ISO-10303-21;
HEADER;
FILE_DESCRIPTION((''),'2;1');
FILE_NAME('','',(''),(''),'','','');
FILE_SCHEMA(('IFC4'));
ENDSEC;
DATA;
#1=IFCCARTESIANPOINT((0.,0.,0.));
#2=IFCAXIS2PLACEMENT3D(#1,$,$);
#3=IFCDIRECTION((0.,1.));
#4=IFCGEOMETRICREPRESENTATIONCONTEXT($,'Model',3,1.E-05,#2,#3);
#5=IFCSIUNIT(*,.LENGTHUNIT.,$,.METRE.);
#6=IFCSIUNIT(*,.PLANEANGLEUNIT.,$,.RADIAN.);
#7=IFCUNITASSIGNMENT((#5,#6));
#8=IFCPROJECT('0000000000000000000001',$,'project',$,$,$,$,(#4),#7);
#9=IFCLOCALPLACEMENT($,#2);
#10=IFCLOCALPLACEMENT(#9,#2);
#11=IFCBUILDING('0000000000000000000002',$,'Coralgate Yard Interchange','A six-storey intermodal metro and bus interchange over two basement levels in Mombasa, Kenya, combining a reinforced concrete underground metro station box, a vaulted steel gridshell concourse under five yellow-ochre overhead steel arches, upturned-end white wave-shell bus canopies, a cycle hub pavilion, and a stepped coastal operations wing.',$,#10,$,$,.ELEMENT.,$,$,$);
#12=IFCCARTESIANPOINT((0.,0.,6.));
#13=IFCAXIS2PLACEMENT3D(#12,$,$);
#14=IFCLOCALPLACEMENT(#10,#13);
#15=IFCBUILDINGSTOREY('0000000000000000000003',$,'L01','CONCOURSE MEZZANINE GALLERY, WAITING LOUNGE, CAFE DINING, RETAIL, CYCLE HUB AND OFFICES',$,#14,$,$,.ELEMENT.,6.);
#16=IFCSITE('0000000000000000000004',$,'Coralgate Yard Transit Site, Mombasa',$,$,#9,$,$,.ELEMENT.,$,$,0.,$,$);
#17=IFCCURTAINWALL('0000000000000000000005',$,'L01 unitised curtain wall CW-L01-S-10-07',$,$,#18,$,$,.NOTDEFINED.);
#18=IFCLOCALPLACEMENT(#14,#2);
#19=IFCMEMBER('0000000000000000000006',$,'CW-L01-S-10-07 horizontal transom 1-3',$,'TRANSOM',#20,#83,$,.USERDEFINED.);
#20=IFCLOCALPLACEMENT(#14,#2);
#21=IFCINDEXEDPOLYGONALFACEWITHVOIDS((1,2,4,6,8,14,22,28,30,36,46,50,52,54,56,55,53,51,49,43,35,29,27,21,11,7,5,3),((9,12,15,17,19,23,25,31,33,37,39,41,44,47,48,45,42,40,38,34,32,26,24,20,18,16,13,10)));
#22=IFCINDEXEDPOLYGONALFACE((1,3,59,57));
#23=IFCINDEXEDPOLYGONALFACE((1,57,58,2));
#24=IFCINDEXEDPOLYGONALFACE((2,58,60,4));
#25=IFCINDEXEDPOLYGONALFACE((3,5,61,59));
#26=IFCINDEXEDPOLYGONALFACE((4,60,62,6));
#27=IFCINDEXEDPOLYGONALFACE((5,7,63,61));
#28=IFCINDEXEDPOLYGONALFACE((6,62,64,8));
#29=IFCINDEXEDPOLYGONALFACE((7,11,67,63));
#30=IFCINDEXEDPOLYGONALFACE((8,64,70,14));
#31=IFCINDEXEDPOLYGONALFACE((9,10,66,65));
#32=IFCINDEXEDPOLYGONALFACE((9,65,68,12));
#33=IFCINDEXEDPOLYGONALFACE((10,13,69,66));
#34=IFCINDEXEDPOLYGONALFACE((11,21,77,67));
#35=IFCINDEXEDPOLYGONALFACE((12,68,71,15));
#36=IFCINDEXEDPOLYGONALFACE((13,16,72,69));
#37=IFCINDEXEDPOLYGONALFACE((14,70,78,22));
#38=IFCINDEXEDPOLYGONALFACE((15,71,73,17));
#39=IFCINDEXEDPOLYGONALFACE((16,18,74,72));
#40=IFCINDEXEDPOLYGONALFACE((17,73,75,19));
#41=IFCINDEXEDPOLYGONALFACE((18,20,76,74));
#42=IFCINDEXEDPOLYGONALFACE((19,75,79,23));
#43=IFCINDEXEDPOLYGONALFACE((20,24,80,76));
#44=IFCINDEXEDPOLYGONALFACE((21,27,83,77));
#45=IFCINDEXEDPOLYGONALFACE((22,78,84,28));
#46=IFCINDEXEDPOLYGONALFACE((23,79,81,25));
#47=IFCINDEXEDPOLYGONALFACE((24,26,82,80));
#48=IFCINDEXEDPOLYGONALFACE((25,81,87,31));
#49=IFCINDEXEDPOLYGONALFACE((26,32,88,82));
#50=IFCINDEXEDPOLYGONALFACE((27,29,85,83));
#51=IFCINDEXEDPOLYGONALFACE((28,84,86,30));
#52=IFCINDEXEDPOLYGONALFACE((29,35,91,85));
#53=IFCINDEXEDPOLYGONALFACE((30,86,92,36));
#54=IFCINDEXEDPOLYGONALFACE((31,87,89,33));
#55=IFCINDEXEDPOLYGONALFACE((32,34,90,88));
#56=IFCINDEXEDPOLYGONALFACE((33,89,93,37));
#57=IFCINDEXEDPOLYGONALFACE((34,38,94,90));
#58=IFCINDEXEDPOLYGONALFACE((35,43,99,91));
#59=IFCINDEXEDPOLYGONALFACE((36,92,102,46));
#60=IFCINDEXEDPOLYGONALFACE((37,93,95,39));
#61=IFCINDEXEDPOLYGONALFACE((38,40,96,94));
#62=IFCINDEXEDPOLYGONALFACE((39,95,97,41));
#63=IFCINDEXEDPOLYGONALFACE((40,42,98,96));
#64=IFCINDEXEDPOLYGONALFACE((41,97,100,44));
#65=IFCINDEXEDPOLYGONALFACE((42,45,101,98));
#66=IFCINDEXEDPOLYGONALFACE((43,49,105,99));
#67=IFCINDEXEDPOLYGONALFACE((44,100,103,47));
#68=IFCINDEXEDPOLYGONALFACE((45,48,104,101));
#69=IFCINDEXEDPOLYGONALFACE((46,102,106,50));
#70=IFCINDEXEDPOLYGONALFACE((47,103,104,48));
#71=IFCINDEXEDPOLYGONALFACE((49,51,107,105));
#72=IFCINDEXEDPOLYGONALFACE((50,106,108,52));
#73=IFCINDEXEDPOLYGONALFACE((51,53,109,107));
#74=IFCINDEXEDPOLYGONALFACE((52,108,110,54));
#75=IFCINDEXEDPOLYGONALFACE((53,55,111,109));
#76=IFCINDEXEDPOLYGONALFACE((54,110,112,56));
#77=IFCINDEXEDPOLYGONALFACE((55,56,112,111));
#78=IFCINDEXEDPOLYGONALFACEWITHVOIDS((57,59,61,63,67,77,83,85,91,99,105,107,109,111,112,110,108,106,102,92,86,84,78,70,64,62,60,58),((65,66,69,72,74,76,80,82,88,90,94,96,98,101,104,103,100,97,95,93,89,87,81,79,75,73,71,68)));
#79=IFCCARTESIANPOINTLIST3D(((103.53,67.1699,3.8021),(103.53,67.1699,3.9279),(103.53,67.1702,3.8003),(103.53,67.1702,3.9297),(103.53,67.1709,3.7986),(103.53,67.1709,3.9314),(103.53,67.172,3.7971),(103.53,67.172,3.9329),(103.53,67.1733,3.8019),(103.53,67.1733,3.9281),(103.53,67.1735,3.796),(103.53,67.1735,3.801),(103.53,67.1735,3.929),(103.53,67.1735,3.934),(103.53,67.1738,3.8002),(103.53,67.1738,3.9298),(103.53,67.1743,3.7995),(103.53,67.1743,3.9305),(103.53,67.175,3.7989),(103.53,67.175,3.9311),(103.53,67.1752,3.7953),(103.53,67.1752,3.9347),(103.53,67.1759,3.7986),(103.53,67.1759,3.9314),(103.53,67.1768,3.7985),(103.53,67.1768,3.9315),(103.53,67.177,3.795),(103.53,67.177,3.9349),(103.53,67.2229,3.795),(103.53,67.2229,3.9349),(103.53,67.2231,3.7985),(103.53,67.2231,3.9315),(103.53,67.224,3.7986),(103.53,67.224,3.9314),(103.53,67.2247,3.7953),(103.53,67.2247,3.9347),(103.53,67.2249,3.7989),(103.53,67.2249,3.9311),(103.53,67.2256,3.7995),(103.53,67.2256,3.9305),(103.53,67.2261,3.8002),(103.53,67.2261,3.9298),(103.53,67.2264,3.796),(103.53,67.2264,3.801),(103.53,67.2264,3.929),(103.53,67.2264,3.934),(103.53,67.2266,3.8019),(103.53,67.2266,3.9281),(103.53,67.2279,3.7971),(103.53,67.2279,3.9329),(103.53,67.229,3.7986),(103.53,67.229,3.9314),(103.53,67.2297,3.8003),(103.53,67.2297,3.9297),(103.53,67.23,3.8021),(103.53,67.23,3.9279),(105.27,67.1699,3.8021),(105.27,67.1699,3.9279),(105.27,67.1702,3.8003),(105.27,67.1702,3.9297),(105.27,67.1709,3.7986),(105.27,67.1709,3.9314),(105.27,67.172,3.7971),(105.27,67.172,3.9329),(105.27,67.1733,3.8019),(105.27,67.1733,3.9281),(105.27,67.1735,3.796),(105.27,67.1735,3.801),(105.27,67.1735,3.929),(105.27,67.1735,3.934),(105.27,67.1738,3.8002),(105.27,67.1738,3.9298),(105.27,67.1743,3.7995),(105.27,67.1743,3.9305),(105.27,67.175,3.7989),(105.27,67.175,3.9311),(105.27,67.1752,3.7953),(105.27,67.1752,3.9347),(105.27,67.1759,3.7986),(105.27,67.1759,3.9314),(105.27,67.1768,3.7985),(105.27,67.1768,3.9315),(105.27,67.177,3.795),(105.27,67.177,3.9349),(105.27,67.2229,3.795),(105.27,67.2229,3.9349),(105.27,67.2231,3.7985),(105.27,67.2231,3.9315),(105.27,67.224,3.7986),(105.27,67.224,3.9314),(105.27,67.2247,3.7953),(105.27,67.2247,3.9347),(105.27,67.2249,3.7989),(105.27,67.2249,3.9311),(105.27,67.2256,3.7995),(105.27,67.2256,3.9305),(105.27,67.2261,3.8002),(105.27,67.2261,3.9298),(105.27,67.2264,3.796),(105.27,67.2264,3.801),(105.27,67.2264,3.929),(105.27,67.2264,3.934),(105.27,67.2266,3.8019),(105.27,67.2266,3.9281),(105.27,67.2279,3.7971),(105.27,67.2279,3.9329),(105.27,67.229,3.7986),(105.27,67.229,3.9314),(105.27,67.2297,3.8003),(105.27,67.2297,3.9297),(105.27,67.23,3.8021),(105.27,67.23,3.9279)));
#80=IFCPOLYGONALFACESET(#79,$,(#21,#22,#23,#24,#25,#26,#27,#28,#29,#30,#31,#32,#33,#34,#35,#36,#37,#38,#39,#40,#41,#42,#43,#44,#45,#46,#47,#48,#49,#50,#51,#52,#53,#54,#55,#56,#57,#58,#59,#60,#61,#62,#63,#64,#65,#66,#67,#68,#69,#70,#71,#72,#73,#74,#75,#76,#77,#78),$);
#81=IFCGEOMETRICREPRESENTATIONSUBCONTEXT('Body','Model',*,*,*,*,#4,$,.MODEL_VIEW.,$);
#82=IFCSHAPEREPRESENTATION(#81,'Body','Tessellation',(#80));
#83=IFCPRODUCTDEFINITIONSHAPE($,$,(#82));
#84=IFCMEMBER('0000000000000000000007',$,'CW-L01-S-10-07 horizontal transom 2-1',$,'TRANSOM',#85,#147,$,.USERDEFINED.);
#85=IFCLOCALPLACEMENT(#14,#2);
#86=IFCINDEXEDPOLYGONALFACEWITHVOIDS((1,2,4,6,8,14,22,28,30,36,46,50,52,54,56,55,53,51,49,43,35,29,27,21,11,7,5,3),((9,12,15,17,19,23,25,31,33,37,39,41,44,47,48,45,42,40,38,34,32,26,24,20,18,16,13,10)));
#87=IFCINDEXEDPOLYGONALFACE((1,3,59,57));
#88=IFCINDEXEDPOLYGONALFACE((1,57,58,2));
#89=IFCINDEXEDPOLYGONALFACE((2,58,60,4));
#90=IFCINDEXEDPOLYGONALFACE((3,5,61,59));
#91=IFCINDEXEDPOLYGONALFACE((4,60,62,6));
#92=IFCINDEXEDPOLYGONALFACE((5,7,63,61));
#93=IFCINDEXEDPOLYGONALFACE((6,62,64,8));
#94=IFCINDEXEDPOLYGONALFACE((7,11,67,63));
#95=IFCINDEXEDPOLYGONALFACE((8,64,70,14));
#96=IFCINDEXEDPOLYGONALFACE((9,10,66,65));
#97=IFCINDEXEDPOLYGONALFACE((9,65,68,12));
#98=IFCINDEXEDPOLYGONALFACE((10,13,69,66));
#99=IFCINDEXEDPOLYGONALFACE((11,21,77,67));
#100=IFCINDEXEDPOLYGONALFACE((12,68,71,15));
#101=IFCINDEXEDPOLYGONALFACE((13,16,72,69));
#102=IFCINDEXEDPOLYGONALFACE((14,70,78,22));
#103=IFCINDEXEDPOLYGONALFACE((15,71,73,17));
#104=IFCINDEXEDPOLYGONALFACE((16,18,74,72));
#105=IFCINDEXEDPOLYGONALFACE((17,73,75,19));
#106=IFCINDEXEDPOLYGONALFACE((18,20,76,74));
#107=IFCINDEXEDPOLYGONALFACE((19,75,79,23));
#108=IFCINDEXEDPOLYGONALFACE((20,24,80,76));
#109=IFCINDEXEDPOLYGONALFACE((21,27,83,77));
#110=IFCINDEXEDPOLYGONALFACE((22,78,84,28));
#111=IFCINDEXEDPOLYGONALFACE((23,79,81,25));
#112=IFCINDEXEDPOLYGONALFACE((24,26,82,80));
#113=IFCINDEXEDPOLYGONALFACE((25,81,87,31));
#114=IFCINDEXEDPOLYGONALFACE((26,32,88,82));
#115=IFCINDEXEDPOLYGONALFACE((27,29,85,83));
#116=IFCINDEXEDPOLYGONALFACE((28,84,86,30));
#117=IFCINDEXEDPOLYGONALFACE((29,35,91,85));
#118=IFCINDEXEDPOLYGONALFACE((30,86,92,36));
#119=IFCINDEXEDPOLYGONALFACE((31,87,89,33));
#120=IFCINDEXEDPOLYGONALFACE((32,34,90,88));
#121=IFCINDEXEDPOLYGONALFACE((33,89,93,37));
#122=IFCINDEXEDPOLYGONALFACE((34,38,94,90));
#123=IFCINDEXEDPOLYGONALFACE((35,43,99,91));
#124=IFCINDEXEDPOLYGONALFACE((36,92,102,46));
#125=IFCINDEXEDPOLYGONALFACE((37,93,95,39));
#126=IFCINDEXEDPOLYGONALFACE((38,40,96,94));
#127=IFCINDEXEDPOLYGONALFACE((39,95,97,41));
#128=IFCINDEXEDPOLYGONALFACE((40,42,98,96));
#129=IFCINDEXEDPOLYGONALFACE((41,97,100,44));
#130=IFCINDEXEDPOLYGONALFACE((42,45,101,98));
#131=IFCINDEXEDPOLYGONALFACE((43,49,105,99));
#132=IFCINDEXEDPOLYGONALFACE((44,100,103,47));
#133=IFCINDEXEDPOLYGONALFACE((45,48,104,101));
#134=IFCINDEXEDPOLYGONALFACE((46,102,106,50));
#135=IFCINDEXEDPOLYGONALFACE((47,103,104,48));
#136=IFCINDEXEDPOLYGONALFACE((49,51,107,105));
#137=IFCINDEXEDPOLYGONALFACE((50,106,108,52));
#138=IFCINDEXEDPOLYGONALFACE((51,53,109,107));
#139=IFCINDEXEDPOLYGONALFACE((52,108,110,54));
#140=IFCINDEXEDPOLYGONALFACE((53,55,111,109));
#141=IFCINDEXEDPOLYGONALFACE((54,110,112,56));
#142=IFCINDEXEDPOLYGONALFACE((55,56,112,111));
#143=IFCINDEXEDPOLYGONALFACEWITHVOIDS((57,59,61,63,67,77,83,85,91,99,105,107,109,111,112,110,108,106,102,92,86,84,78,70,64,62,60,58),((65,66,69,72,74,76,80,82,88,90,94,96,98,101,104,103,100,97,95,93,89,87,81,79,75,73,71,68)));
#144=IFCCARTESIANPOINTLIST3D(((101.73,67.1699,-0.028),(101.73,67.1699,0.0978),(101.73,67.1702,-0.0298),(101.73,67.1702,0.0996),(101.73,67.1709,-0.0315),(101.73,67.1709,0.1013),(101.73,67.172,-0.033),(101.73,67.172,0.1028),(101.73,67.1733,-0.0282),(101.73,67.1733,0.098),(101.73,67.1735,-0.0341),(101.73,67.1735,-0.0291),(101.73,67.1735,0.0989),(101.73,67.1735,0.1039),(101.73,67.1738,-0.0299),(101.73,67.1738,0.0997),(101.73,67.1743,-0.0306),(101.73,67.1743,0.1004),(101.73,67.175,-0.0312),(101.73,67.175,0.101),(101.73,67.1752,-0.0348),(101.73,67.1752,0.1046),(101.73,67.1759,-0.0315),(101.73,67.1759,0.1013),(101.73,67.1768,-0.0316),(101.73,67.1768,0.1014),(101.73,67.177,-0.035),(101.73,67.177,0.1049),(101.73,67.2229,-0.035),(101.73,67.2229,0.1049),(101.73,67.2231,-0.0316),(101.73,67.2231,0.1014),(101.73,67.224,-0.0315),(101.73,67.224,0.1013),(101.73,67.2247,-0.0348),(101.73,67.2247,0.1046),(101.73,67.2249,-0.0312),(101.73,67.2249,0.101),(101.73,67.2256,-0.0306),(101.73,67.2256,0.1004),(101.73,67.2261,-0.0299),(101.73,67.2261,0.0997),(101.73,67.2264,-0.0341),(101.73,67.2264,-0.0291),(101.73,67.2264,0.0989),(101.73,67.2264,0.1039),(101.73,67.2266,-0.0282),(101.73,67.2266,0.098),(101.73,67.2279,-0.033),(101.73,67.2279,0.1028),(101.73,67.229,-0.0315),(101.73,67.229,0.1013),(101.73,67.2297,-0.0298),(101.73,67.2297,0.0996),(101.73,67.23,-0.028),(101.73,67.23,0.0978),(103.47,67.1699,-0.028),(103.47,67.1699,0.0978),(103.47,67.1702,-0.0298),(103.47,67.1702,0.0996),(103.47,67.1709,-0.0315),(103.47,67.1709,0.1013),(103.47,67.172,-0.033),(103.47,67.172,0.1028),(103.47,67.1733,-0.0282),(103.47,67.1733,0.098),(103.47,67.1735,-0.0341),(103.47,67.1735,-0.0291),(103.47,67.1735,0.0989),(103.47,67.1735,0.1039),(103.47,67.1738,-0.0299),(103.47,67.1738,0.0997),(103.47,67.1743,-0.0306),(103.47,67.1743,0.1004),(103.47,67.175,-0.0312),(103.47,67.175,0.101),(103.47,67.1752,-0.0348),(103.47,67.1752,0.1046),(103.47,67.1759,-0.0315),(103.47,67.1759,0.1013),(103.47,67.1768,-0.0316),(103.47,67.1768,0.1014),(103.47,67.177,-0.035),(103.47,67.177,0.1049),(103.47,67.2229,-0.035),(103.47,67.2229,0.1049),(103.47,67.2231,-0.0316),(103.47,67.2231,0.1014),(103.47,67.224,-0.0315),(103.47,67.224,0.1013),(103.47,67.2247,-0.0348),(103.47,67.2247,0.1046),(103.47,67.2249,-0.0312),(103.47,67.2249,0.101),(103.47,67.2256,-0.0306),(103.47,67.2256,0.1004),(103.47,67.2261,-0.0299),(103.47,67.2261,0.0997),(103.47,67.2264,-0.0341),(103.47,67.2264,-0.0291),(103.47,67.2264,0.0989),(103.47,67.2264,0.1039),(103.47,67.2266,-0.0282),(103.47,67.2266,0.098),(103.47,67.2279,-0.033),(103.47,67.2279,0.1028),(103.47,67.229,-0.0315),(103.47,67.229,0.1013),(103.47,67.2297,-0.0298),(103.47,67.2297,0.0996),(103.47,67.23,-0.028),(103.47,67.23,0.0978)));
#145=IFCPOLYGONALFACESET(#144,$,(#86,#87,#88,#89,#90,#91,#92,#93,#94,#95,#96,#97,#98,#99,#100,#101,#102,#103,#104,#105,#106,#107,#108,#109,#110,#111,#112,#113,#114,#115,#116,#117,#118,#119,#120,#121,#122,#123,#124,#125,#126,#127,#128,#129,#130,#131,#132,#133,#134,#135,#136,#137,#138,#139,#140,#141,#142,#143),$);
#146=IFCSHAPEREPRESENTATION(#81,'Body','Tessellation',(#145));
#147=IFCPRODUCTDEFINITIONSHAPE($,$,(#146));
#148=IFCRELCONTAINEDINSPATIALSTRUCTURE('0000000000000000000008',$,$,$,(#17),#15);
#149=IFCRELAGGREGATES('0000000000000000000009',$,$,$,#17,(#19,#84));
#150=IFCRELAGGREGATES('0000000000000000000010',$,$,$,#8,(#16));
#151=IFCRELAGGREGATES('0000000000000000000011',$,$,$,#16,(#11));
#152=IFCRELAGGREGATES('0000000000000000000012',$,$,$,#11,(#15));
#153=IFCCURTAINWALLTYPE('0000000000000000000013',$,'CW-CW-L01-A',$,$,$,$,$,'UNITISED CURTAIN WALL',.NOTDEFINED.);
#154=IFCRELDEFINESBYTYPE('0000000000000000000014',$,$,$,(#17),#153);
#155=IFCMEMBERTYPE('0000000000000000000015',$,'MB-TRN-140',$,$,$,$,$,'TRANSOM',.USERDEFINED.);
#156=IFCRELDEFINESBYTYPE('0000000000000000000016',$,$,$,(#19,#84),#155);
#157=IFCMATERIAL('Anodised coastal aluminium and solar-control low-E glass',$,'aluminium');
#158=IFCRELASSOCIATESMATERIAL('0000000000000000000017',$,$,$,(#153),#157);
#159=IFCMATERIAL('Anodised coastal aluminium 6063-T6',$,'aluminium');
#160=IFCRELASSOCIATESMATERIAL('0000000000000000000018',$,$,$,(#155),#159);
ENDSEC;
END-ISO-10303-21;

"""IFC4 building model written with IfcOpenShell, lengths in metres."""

from ifc_helpers import new_model, si_unit, direction, frame, origin, origin_2d, place, context, subcontext, project, spatial, hollow_rectangle, extrude, material, material_profile, profile_set, type_object, element, aggregate, save


model = new_model("IFC4")

# Units and contexts
model_context = context("Model", 3, precision=1e-05, world=origin(), true_north=direction((0.0, 1.0)))
body_context = subcontext(model_context, "Body", "Model", "MODEL_VIEW")
ifc_project = project(units=[si_unit("LENGTHUNIT", "METRE"), si_unit("PLANEANGLEUNIT", "RADIAN")], contexts=[model_context])

# Site, building, storey
site_placement = place(None, origin())
site = spatial("IfcSite", under=ifc_project, at=site_placement, Name="Coralgate Yard Transit Site, Mombasa", CompositionType="ELEMENT", RefElevation=0.0)
building_placement = place(site_placement, origin())
building = spatial("IfcBuilding", under=site, at=building_placement, Name="Coralgate Yard Interchange", Description="A six-storey intermodal metro and bus interchange over two basement levels in Mombasa, Kenya, combining a reinforced concrete underground metro station box, a vaulted steel gridshell concourse under five yellow-ochre overhead steel arches, upturned-end white wave-shell bus canopies, a cycle hub pavilion, and a stepped coastal operations wing.", CompositionType="ELEMENT")
storey_placement = place(building_placement, frame((0.0, 0.0, 6.0)))
storey = spatial("IfcBuildingStorey", under=building, at=storey_placement, Name="L01", Description="CONCOURSE MEZZANINE GALLERY, WAITING LOUNGE, CAFE DINING, RETAIL, CYCLE HUB AND OFFICES", CompositionType="ELEMENT", Elevation=6.0)

# Curtain wall, members
ifc_material_1 = material(Name="Anodised coastal aluminium and solar-control low-E glass", Category="aluminium")
curtain_wall_type = type_object("IfcCurtainWallType", Name="CW-CW-L01-A", ElementType="UNITISED CURTAIN WALL", PredefinedType="NOTDEFINED", material=ifc_material_1)
curtain_wall_placement = place(storey_placement, origin())
curtain_wall = element("IfcCurtainWall", 1, at=curtain_wall_placement, inside=storey, type_object=curtain_wall_type, Name="L01 unitised curtain wall CW-L01-S-10-07", PredefinedType="NOTDEFINED")
ifc_material_2 = material(Name="Anodised coastal aluminium 6063-T6", Category="aluminium")
ifc_material_profile_1 = material_profile(ifc_material_2, hollow_rectangle(XDim=0.0601, YDim=0.1399, WallThickness=0.0034, InnerFilletRadius=0.0034, OuterFilletRadius=0.0071, at=origin_2d()), Name="ALU 60x140x3.5")
ifc_profile_set_1 = profile_set([ifc_material_profile_1], Name="Anodised coastal aluminium 6063-T6")
member_type_1 = type_object("IfcMemberType", Name="MB-TRN-140", ElementType="TRANSOM", PredefinedType="USERDEFINED", material=ifc_profile_set_1)
member_1_placement = place(storey_placement, frame((105.27, 67.2, 3.865), z_axis=(-1.0, 0.0, 0.0), x_axis=(0.0, -1.0, 0.0)))
member_1 = element("IfcMember", 2, at=member_1_placement, type_object=member_type_1, Name="CW-L01-S-10-07 horizontal transom 1-3", ObjectType="TRANSOM", PredefinedType="USERDEFINED", context=body_context, shape_type="SweptSolid", body=[
    extrude(hollow_rectangle(XDim=0.0601, YDim=0.1399, WallThickness=0.0034, InnerFilletRadius=0.0034, OuterFilletRadius=0.0071, at=origin_2d()), origin(), (0.0, 0.0, 1.0), 1.74),
])
member_2_placement = place(storey_placement, frame((103.47, 67.2, 0.0349), z_axis=(-1.0, 0.0, 0.0), x_axis=(0.0, -1.0, 0.0)))
member_2 = element("IfcMember", 3, at=member_2_placement, type_object=member_type_1, Name="CW-L01-S-10-07 horizontal transom 2-1", ObjectType="TRANSOM", PredefinedType="USERDEFINED", context=body_context, shape_type="SweptSolid", body=[
    extrude(hollow_rectangle(XDim=0.0601, YDim=0.1399, WallThickness=0.0034, InnerFilletRadius=0.0034, OuterFilletRadius=0.0071, at=origin_2d()), origin(), (0.0, 0.0, 1.0), 1.74),
])
aggregate(curtain_wall, [member_1, member_2])

save(model, "model.ifc")
